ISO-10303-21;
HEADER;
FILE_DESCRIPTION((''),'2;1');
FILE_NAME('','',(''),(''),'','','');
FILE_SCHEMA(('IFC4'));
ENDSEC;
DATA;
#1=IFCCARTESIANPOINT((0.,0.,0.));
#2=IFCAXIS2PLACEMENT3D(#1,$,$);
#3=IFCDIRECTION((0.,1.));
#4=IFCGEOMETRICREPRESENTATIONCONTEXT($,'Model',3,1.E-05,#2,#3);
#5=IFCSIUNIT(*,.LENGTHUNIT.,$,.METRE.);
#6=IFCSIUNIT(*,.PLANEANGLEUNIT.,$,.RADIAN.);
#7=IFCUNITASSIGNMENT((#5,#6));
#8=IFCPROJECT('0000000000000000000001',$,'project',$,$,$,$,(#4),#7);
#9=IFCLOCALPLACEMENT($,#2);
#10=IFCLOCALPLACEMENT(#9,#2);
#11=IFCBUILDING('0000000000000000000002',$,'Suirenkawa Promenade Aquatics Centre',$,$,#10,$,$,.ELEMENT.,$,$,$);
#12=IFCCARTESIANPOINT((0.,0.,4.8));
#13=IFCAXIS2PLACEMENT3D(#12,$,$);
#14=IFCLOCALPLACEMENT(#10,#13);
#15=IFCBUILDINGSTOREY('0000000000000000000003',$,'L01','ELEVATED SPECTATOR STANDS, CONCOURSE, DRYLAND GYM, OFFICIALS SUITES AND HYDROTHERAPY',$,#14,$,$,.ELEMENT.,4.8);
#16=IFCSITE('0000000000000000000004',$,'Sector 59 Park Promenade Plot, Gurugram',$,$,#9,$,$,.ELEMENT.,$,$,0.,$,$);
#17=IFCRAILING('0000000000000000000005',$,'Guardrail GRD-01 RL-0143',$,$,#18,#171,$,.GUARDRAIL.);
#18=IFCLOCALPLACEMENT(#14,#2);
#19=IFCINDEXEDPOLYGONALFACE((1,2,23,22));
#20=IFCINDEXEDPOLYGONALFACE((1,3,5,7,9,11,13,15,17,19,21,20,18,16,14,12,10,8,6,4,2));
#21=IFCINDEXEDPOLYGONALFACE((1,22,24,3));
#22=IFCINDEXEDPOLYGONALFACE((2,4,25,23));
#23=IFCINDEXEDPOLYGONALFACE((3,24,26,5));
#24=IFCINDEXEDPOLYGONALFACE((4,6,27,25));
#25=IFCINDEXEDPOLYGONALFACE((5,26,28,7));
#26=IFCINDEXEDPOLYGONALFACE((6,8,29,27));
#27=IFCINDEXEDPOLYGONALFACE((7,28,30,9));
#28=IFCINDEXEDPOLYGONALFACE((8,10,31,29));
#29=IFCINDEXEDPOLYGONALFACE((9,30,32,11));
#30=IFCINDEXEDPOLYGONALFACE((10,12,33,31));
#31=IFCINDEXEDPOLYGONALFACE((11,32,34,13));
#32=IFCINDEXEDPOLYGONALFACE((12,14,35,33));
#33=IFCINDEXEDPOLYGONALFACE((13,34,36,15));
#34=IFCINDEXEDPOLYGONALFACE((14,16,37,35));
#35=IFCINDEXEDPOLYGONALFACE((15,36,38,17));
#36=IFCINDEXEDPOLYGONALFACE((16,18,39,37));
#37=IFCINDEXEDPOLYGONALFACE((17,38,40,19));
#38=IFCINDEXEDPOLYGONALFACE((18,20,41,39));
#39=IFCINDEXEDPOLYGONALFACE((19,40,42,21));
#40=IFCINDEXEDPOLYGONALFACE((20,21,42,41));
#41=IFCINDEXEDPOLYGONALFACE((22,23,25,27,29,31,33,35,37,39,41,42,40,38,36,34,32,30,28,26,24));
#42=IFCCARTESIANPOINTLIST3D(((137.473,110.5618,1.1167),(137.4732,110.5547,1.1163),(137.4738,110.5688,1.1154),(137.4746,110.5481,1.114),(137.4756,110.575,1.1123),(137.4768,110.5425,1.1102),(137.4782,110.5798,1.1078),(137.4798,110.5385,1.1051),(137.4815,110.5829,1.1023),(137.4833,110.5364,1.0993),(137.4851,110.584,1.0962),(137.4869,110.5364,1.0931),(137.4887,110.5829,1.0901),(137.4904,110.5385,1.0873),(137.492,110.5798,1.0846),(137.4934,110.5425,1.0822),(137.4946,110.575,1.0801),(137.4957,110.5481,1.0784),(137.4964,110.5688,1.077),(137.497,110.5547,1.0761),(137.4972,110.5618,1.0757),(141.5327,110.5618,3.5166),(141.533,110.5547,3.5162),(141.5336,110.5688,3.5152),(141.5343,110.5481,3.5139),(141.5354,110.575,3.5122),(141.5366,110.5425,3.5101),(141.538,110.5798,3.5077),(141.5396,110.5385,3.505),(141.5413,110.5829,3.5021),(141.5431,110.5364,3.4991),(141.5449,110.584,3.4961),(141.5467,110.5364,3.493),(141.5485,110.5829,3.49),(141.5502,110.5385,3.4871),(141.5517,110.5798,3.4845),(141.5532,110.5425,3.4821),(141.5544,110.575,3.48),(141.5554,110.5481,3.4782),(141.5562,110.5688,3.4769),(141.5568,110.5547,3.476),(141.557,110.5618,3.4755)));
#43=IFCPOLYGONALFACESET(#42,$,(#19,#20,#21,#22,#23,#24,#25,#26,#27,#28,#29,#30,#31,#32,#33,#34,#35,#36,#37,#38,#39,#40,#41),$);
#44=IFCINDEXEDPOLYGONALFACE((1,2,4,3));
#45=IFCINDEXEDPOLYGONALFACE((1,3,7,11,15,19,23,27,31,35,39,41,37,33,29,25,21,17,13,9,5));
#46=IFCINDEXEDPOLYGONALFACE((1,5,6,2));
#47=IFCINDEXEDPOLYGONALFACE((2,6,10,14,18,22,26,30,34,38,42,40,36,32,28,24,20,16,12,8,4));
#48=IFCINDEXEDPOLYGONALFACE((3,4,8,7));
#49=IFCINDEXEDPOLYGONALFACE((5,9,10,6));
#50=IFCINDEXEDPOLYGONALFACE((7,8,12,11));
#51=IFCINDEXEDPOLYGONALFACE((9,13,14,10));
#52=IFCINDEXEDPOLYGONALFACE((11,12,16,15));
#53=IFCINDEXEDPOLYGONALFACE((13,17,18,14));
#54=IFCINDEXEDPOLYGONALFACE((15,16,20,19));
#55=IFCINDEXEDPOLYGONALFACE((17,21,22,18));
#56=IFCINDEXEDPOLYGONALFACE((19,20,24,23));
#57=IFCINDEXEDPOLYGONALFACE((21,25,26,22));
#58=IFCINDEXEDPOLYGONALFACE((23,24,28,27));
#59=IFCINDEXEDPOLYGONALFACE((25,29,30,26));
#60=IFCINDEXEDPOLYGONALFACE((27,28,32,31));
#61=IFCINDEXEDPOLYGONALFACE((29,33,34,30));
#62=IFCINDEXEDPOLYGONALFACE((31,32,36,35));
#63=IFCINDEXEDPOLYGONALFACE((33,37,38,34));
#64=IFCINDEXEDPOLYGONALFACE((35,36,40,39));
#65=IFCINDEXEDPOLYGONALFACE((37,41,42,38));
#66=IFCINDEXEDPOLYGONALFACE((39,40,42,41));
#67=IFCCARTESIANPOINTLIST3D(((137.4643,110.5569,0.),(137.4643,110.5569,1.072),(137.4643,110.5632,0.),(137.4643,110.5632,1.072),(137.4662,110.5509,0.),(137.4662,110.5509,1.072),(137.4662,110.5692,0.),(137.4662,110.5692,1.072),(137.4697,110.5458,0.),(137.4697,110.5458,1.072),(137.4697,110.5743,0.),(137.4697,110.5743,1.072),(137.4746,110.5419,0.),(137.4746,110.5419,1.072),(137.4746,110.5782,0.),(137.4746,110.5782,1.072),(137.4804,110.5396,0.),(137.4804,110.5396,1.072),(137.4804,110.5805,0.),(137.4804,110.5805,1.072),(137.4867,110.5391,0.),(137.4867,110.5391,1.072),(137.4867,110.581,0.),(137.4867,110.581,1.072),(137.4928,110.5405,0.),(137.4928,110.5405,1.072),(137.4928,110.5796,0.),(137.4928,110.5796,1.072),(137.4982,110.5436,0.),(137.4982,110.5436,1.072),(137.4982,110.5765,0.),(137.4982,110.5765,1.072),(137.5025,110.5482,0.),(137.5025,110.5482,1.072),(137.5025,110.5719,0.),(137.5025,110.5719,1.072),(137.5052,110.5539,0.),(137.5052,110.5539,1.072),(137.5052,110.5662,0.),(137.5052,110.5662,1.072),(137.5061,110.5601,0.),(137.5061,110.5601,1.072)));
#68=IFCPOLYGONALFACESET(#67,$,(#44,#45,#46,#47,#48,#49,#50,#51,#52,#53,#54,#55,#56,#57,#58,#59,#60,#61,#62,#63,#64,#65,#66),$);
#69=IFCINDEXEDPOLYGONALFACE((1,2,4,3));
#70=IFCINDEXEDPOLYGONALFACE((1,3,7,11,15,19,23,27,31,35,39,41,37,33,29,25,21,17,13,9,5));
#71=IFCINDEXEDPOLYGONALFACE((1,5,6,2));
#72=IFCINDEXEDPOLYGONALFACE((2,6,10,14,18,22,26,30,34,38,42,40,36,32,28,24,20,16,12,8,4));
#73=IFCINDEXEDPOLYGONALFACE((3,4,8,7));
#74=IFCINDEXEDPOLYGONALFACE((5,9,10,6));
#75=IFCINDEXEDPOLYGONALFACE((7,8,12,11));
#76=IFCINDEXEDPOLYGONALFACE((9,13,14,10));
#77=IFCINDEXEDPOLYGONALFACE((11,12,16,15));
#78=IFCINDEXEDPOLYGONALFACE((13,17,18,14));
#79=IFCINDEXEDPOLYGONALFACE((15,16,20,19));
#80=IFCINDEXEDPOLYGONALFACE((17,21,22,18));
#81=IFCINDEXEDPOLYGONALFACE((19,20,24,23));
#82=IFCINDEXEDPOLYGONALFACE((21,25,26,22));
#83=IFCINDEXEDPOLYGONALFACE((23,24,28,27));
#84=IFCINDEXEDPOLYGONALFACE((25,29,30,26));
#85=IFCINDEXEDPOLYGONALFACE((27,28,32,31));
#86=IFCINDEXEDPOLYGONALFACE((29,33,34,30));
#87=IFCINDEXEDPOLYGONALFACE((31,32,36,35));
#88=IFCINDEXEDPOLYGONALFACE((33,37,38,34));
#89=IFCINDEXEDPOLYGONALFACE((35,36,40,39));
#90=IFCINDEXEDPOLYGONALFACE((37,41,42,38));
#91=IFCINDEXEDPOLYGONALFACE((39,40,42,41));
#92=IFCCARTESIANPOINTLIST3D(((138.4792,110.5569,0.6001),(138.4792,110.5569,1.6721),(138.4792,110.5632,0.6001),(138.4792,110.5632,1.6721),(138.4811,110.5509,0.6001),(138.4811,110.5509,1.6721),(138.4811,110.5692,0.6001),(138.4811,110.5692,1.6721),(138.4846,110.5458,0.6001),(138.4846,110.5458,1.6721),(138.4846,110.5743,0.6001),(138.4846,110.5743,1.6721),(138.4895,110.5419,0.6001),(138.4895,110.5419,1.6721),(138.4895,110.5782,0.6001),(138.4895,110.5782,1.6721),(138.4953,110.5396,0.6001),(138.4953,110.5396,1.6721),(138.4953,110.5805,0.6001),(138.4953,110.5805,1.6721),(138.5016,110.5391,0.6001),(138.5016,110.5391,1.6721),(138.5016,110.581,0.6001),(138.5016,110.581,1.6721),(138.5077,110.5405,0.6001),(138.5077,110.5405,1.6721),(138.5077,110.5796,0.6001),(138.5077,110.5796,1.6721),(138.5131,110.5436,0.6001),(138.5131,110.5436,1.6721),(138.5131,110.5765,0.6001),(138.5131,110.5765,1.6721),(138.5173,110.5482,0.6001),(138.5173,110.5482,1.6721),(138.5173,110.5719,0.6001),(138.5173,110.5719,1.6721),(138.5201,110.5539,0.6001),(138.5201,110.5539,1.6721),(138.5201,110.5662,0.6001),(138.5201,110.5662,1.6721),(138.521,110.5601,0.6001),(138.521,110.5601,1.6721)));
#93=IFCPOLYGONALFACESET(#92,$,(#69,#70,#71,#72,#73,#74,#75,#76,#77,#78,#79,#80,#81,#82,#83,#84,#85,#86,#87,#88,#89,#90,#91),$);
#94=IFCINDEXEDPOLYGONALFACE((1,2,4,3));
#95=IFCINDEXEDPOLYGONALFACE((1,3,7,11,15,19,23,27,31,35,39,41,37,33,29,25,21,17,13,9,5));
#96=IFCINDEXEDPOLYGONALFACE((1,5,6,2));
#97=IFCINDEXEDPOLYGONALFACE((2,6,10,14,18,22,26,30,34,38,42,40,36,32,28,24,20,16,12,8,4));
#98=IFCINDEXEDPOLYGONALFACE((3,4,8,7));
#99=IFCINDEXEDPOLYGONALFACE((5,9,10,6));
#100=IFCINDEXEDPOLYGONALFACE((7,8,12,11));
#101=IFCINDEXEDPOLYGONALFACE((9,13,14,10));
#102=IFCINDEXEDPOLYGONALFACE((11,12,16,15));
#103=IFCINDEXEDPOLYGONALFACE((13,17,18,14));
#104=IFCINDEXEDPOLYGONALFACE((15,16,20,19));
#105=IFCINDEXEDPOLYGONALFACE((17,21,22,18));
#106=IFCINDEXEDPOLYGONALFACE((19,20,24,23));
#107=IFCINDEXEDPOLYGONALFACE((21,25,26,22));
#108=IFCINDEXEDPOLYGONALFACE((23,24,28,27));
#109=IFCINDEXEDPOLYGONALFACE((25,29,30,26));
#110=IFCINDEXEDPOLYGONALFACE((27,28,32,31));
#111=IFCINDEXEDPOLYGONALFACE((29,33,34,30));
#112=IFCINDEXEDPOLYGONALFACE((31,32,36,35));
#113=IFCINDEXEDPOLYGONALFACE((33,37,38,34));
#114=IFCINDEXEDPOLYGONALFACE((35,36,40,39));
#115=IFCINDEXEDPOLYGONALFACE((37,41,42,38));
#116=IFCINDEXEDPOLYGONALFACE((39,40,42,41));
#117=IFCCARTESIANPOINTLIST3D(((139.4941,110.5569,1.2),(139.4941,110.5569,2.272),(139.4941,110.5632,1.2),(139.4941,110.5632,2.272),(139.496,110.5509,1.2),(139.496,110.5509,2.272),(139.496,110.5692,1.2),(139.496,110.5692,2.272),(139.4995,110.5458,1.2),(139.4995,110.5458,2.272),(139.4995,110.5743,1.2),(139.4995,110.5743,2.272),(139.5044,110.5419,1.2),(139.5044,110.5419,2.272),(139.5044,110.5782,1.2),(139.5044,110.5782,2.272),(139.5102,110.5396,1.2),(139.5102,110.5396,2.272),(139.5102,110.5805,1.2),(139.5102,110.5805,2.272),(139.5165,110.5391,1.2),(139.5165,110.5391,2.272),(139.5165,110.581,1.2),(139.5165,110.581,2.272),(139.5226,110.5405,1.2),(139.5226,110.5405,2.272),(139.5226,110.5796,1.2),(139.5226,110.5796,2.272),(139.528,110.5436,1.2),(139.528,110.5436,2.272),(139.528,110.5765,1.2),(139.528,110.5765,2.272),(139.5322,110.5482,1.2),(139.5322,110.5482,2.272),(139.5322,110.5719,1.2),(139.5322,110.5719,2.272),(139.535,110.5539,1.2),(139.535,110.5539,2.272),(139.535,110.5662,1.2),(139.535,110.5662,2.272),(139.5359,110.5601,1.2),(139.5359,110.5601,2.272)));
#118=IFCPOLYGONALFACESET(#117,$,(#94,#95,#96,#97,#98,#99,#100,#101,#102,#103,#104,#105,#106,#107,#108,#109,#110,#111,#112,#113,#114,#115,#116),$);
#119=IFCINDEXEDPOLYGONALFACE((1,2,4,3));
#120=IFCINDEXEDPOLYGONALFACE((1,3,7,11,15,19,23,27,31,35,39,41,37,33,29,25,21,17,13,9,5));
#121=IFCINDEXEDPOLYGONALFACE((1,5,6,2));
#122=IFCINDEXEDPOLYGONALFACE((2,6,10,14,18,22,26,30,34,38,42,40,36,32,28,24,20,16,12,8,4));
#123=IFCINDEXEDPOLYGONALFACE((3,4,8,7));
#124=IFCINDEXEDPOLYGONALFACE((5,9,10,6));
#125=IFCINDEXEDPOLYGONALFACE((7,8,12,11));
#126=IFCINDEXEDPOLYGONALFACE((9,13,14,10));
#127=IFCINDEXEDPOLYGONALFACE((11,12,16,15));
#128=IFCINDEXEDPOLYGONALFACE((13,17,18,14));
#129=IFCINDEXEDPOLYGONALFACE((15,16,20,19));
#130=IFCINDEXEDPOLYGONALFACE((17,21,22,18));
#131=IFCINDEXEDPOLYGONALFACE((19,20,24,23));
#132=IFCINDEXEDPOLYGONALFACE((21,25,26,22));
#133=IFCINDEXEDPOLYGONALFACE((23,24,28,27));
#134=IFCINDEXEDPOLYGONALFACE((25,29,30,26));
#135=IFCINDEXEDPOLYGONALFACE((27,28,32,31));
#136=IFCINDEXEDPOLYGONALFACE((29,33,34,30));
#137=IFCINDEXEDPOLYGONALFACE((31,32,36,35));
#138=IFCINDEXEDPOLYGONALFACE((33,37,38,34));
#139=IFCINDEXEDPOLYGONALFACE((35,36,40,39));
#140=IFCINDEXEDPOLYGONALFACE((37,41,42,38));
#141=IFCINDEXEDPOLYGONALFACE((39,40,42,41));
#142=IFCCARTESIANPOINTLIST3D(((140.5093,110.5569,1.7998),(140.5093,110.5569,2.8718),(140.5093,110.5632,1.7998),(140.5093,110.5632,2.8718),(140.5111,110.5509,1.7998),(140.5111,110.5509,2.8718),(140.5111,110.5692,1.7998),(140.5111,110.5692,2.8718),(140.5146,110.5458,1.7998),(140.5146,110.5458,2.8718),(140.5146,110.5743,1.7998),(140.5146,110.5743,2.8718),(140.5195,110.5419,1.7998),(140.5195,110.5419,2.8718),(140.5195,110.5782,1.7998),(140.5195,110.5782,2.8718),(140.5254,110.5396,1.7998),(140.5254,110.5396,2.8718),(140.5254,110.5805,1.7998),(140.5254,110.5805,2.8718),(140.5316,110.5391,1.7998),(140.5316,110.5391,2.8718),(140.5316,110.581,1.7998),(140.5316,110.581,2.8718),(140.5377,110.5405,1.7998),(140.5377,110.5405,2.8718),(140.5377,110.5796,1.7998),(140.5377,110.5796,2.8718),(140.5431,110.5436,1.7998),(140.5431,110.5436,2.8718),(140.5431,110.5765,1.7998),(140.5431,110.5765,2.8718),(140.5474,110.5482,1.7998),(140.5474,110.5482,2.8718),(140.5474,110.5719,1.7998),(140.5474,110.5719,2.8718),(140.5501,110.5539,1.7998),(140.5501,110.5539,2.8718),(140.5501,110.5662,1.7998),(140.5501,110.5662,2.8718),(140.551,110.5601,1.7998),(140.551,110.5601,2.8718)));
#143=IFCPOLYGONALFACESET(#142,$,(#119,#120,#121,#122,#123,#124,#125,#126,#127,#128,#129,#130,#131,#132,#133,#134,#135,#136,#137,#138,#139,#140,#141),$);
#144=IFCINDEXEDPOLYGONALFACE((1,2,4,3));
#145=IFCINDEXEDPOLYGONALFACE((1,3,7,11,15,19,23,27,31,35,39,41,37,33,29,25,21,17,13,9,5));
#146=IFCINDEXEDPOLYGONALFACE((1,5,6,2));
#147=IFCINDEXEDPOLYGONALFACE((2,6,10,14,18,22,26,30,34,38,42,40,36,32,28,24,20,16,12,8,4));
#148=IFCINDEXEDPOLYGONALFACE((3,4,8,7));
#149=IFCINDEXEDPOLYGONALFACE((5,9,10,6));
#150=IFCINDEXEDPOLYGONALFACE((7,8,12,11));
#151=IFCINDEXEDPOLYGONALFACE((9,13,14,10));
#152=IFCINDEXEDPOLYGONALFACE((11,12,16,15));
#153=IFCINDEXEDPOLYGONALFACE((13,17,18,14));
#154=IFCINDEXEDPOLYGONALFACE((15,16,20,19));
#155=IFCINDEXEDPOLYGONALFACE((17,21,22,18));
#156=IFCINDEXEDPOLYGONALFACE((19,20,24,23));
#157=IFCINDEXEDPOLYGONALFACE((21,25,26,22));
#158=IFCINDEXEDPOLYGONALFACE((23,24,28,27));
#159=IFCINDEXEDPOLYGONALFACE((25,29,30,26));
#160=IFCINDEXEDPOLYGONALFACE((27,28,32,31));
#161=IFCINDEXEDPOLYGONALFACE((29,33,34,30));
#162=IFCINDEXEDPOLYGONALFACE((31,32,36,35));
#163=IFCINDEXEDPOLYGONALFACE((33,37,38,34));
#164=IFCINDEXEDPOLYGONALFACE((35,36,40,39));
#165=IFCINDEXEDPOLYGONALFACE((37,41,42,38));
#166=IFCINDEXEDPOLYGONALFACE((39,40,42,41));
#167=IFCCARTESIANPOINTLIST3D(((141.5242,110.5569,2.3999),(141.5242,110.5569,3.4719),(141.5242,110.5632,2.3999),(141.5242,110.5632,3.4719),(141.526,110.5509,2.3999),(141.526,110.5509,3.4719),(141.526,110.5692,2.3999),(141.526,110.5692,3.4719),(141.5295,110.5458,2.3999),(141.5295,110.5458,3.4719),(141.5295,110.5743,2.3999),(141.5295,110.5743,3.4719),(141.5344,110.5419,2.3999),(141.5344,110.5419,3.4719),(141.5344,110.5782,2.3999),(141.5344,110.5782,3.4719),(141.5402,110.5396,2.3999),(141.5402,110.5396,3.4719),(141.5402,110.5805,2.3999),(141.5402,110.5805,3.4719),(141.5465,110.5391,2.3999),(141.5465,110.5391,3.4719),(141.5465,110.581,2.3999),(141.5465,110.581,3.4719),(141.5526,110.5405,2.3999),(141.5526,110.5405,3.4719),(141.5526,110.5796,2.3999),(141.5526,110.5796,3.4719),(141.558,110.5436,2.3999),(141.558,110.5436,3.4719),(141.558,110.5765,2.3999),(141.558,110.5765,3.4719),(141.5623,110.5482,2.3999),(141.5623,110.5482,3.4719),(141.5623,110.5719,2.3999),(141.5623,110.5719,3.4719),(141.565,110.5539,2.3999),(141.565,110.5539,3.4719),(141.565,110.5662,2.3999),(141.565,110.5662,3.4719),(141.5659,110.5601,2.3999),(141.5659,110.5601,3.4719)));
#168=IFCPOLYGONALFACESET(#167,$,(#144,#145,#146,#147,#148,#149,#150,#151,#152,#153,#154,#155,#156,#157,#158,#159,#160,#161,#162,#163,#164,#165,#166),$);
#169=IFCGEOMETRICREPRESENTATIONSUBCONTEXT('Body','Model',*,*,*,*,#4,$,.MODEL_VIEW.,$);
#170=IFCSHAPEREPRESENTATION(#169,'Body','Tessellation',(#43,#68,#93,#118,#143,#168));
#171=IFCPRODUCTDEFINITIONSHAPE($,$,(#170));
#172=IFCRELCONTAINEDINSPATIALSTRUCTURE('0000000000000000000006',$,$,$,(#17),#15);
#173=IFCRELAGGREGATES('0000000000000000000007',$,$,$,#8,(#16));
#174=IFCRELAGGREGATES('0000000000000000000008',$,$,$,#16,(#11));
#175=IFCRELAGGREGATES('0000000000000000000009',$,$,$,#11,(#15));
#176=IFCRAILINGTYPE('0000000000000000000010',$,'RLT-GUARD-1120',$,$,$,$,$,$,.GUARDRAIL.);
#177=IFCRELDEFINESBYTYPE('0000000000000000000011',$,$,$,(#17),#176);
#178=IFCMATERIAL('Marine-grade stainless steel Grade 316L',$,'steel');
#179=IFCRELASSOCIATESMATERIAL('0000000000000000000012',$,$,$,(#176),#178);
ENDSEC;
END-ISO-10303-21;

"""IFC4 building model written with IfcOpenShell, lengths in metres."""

from ifc_helpers import new_model, si_unit, direction, frame, origin, origin_2d, place, context, subcontext, project, spatial, circle, extrude, material, type_object, element, save


model = new_model("IFC4")

# Units and contexts
model_context = context("Model", 3, precision=1e-05, world=origin(), true_north=direction((0.0, 1.0)))
body_context = subcontext(model_context, "Body", "Model", "MODEL_VIEW")
ifc_project = project(units=[si_unit("LENGTHUNIT", "METRE"), si_unit("PLANEANGLEUNIT", "RADIAN")], contexts=[model_context])

# Site, building, storey
site_placement = place(None, origin())
site = spatial("IfcSite", under=ifc_project, at=site_placement, Name="Sector 59 Park Promenade Plot, Gurugram", CompositionType="ELEMENT", RefElevation=0.0)
building_placement = place(site_placement, origin())
building = spatial("IfcBuilding", under=site, at=building_placement, Name="Suirenkawa Promenade Aquatics Centre", CompositionType="ELEMENT")
storey_placement = place(building_placement, frame((0.0, 0.0, 4.8)))
storey = spatial("IfcBuildingStorey", under=building, at=storey_placement, Name="L01", Description="ELEVATED SPECTATOR STANDS, CONCOURSE, DRYLAND GYM, OFFICIALS SUITES AND HYDROTHERAPY", CompositionType="ELEMENT", Elevation=4.8)

# Railing
ifc_material_1 = material(Name="Marine-grade stainless steel Grade 316L", Category="steel")
railing_type_1 = type_object("IfcRailingType", Name="RLT-GUARD-1120", PredefinedType="GUARDRAIL", material=ifc_material_1)
railing_1_placement = place(storey_placement, frame((137.4851, 110.5601, 0.0)))
element("IfcRailing", 1, at=railing_1_placement, inside=storey, type_object=railing_type_1, Name="Guardrail GRD-01 RL-0143", PredefinedType="GUARDRAIL", context=body_context, shape_type="SweptSolid", body=[
    extrude(circle(Radius=0.0239, at=origin_2d()), frame((0.0, 0.0, 1.0962), z_axis=(0.860841, 0.0, 0.508874), x_axis=(0.0, 1.0, 0.0)), (0.0, 0.0, 1.0), 4.7161),
    extrude(circle(Radius=0.021, at=origin_2d()), origin(), (0.0, 0.0, 1.0), 1.072),
    extrude(circle(Radius=0.021, at=origin_2d()), frame((1.0149, 0.0, 0.6001)), (0.0, 0.0, 1.0), 1.072),
    extrude(circle(Radius=0.021, at=origin_2d()), frame((2.0298, 0.0, 1.2)), (0.0, 0.0, 1.0), 1.072),
    extrude(circle(Radius=0.021, at=origin_2d()), frame((3.0449, 0.0, 1.7998)), (0.0, 0.0, 1.0), 1.072),
    extrude(circle(Radius=0.021, at=origin_2d()), frame((4.0598, 0.0, 2.3999)), (0.0, 0.0, 1.0), 1.072),
])

save(model, "model.ifc")
